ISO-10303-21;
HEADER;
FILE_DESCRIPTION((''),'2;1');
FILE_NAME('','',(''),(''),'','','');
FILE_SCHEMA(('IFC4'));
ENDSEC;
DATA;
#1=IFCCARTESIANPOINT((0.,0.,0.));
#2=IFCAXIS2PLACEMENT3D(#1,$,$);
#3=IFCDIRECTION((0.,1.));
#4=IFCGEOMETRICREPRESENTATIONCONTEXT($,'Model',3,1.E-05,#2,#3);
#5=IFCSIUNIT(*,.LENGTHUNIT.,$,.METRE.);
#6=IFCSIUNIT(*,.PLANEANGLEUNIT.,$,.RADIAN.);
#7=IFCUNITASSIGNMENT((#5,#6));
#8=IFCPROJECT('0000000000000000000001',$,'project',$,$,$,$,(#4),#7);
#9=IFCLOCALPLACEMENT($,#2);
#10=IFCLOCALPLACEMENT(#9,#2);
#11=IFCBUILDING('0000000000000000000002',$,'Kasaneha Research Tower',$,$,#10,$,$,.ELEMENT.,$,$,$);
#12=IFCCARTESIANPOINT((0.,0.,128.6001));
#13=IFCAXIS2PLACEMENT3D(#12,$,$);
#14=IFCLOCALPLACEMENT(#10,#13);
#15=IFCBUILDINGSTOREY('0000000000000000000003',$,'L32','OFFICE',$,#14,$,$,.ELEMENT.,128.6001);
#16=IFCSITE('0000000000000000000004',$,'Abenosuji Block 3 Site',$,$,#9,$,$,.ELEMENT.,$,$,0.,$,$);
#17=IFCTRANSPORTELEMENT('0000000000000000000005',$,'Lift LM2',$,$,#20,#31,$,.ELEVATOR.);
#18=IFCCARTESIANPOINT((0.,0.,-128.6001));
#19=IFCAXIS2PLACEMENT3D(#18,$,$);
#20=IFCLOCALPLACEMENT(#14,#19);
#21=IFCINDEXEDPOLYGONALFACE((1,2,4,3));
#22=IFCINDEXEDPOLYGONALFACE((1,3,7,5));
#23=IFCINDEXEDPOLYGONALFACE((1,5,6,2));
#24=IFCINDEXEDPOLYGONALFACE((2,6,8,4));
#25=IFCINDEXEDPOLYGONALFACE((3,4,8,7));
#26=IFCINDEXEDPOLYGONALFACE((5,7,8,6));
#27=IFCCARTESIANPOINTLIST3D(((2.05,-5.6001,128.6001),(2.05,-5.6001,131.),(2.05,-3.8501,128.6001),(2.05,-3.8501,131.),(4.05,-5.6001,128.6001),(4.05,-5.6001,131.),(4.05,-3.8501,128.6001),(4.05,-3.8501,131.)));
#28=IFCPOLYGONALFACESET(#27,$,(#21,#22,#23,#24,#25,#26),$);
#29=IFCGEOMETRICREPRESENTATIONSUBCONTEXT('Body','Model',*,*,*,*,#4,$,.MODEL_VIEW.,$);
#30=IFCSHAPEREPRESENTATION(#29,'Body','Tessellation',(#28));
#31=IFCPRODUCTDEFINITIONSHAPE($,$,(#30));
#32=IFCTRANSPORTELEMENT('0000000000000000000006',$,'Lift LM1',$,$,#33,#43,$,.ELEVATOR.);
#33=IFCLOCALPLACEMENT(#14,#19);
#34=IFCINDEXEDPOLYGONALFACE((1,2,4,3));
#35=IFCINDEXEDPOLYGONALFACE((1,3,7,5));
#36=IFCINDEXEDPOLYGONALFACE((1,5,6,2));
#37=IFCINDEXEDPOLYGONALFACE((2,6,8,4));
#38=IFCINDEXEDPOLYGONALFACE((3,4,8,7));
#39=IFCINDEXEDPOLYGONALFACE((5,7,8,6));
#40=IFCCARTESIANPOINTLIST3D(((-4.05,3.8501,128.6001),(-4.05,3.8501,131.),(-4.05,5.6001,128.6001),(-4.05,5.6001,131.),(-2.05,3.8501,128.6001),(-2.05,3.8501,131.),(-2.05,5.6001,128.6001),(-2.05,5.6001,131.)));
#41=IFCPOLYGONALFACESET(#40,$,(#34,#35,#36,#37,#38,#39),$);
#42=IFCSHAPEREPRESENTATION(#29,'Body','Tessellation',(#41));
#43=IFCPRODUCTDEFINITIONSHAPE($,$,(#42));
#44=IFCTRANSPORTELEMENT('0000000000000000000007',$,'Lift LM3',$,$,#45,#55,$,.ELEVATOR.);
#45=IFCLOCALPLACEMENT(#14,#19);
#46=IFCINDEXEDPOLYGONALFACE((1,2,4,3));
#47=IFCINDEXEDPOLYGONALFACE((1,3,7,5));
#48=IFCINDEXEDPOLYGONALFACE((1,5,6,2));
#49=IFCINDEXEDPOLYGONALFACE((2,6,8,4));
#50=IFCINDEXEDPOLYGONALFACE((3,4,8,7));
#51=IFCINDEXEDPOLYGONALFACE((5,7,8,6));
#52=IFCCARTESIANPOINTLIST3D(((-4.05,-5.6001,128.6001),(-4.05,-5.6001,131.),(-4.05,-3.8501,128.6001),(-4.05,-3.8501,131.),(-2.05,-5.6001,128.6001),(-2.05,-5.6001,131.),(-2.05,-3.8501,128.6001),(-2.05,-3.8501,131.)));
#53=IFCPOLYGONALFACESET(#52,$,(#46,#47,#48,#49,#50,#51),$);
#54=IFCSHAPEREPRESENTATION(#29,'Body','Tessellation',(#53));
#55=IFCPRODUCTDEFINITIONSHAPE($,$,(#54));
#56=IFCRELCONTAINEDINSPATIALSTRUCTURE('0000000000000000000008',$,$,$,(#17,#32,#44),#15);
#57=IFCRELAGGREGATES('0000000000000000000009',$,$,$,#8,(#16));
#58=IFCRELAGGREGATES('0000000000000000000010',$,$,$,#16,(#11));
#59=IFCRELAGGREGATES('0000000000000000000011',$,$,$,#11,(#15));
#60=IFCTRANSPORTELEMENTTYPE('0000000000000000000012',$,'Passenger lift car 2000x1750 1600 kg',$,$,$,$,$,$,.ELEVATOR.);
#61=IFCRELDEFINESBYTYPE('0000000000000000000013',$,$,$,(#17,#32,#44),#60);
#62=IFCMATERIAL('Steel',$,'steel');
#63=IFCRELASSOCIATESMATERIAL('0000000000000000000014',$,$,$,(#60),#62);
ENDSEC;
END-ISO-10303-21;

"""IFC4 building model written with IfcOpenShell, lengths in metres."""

from ifc_helpers import new_model, si_unit, direction, frame, origin, origin_2d, place, context, subcontext, project, spatial, rectangle, extrude, material, type_object, element, save


model = new_model("IFC4")

# Units and contexts
model_context = context("Model", 3, precision=1e-05, world=origin(), true_north=direction((0.0, 1.0)))
body_context = subcontext(model_context, "Body", "Model", "MODEL_VIEW")
ifc_project = project(units=[si_unit("LENGTHUNIT", "METRE"), si_unit("PLANEANGLEUNIT", "RADIAN")], contexts=[model_context])

# Site, building, storey
site_placement = place(None, origin())
site = spatial("IfcSite", under=ifc_project, at=site_placement, Name="Abenosuji Block 3 Site", CompositionType="ELEMENT", RefElevation=0.0)
building_placement = place(site_placement, origin())
building = spatial("IfcBuilding", under=site, at=building_placement, Name="Kasaneha Research Tower", CompositionType="ELEMENT")
storey_placement = place(building_placement, frame((0.0, 0.0, 128.6001)))
storey = spatial("IfcBuildingStorey", under=building, at=storey_placement, Name="L32", Description="OFFICE", CompositionType="ELEMENT", Elevation=128.6001)

# Transport elements
ifc_material_1 = material(Name="Steel", Category="steel")
transport_element_type = type_object("IfcTransportElementType", Name="Passenger lift car 2000x1750 1600 kg", PredefinedType="ELEVATOR", material=ifc_material_1)
transport_element_1_placement = place(storey_placement, frame((0.0, 0.0, -128.6001)))
element("IfcTransportElement", 1, at=transport_element_1_placement, inside=storey, type_object=transport_element_type, Name="Lift LM2", PredefinedType="ELEVATOR", context=body_context, shape_type="SweptSolid", body=[
    extrude(rectangle(XDim=2.0, YDim=1.75, at=origin_2d()), frame((3.05, -4.7251, 128.6001)), (0.0, 0.0, 1.0), 2.3999),
])
transport_element_2_placement = place(storey_placement, frame((0.0, 0.0, -128.6001)))
element("IfcTransportElement", 2, at=transport_element_2_placement, inside=storey, type_object=transport_element_type, Name="Lift LM1", PredefinedType="ELEVATOR", context=body_context, shape_type="SweptSolid", body=[
    extrude(rectangle(XDim=2.0, YDim=1.75, at=origin_2d()), frame((-3.05, 4.7251, 128.6001)), (0.0, 0.0, 1.0), 2.3999),
])
transport_element_3_placement = place(storey_placement, frame((0.0, 0.0, -128.6001)))
element("IfcTransportElement", 3, at=transport_element_3_placement, inside=storey, type_object=transport_element_type, Name="Lift LM3", PredefinedType="ELEVATOR", context=body_context, shape_type="SweptSolid", body=[
    extrude(rectangle(XDim=2.0, YDim=1.75, at=origin_2d()), frame((-3.05, -4.7251, 128.6001)), (0.0, 0.0, 1.0), 2.3999),
])

save(model, "model.ifc")
